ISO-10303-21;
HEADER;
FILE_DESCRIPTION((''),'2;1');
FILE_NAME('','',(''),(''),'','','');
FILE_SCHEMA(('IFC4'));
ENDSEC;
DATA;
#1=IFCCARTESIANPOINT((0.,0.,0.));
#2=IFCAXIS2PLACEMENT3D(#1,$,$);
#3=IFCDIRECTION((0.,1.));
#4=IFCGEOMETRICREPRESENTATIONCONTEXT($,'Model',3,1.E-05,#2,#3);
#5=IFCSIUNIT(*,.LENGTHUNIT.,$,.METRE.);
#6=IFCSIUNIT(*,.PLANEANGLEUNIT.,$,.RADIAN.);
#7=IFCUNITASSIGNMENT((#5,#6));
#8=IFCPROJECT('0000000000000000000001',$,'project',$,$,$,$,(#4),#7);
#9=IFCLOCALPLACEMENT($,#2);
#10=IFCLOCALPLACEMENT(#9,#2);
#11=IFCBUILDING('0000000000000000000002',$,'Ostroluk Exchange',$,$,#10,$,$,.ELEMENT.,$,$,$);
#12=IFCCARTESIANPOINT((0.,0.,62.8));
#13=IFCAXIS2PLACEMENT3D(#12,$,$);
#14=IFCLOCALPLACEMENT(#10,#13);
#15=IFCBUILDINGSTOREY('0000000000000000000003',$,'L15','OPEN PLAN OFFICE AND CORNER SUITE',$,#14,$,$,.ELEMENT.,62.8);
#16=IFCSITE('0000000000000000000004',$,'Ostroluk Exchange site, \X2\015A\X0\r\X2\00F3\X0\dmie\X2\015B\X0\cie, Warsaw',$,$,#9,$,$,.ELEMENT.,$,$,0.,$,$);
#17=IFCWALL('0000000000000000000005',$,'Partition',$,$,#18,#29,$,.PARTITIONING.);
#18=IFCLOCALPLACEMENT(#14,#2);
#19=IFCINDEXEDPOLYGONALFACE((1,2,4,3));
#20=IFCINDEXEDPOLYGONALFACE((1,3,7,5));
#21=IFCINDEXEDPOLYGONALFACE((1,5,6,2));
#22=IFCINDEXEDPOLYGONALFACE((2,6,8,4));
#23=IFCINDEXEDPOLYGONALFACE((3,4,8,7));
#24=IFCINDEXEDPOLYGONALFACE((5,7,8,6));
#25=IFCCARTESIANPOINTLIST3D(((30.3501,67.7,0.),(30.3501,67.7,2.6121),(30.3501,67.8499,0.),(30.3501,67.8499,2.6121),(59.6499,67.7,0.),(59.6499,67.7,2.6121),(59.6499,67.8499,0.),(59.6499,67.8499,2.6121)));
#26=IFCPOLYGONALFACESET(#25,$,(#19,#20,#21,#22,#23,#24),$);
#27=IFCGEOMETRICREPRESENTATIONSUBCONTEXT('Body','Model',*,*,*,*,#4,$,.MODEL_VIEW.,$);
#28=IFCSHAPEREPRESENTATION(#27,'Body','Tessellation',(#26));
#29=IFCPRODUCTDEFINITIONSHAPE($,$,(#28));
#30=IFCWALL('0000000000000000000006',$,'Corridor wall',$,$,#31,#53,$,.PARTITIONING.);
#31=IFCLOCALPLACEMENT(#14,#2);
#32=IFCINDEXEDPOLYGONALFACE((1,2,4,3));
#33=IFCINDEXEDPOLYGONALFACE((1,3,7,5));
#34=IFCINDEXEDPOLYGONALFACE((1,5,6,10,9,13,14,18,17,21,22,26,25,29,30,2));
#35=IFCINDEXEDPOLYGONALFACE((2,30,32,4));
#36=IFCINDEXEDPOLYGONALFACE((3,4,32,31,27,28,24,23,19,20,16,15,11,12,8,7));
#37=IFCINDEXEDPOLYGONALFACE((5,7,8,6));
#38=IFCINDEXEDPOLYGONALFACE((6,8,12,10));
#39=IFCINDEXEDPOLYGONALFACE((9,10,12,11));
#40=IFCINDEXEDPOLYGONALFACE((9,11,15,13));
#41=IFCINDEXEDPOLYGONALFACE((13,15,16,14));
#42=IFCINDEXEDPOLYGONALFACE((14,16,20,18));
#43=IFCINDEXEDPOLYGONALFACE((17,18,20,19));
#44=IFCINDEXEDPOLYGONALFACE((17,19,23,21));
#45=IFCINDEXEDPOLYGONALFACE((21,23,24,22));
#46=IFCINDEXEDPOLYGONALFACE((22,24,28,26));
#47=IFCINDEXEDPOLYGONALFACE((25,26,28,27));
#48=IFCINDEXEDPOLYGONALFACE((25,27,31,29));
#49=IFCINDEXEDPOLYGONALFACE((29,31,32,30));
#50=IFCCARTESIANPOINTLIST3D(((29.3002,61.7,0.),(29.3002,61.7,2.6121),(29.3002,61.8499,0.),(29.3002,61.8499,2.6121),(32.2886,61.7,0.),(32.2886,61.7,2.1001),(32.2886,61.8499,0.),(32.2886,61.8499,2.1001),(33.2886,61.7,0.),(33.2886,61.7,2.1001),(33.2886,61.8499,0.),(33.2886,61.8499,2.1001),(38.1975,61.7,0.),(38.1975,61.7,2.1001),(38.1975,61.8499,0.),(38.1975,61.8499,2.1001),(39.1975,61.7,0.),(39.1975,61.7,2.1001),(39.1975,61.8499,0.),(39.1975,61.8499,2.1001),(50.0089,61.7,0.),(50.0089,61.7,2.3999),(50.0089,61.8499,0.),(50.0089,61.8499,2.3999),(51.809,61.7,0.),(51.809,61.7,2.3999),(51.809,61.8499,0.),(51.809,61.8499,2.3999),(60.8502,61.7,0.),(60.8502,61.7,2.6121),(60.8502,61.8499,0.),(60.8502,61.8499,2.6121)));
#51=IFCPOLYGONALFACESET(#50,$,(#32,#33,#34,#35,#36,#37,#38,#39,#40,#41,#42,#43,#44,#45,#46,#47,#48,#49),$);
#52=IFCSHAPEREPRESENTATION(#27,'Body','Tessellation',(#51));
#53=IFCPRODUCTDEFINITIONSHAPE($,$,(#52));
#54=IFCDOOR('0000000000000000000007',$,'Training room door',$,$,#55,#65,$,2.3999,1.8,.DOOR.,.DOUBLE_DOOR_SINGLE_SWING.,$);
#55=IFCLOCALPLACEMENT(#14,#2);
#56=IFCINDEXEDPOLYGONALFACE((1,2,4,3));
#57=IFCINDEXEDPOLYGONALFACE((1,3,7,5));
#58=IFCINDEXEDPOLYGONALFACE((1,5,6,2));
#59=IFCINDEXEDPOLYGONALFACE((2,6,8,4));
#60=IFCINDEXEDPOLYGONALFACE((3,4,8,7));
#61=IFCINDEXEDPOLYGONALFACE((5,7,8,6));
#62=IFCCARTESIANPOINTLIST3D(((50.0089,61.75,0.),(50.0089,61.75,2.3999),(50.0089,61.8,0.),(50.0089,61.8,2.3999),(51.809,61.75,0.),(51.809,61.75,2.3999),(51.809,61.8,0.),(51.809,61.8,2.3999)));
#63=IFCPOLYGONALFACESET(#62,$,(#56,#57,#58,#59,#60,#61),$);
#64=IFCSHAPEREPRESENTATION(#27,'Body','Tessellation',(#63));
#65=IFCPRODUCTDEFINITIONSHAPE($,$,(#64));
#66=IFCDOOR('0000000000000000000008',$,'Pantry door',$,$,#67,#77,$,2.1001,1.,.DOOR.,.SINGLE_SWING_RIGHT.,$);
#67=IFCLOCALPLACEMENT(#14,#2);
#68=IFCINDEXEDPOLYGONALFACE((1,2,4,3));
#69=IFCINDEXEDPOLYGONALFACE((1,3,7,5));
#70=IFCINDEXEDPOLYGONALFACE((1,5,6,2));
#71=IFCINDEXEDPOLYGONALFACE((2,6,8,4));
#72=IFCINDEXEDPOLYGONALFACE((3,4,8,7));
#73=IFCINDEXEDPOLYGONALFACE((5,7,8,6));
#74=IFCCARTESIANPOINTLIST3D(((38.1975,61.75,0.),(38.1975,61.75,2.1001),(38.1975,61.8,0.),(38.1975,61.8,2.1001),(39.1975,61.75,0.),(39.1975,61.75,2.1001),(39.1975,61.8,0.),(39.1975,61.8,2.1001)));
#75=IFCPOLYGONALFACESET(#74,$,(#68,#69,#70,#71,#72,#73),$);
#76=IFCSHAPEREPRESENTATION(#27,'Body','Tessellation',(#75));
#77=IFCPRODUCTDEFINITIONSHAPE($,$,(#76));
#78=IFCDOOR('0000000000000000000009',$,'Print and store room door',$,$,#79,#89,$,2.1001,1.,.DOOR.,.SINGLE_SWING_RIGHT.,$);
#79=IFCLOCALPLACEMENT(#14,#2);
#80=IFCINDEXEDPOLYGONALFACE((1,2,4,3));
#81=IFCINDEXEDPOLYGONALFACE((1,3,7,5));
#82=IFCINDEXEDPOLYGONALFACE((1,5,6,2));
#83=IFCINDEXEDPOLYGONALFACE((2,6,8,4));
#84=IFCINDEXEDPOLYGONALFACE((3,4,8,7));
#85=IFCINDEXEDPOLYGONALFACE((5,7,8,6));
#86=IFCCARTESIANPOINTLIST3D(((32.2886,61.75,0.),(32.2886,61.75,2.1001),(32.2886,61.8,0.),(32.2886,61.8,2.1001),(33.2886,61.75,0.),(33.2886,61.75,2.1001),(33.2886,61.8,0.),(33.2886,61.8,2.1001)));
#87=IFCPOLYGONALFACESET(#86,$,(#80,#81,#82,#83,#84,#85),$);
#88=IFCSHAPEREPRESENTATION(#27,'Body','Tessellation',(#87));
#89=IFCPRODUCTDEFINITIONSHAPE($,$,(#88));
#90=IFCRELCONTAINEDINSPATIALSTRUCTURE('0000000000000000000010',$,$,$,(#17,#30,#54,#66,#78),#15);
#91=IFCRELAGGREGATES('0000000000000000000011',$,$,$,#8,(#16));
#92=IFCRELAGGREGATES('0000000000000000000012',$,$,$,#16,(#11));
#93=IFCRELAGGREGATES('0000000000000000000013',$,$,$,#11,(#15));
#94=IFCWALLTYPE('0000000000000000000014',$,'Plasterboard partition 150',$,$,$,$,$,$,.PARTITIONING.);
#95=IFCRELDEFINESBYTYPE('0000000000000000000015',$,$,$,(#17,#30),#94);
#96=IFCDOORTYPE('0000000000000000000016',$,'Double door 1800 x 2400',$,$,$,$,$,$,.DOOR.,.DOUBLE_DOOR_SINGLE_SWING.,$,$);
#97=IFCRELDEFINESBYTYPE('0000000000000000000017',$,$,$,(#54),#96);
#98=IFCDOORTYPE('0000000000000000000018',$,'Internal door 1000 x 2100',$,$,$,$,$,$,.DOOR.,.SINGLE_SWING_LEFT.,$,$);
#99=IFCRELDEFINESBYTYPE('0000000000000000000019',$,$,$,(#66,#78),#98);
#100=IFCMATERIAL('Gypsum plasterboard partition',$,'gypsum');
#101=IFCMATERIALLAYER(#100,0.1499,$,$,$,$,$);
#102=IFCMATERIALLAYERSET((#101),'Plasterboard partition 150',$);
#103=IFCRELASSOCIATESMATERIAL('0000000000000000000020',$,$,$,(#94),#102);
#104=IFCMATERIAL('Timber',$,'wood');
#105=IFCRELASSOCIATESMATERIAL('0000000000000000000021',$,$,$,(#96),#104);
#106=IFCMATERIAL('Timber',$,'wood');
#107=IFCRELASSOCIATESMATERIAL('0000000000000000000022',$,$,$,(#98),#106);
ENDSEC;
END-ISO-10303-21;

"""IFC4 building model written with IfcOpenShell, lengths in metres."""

from ifc_helpers import new_model, si_unit, direction, frame, frame_2d, origin, place, context, subcontext, project, spatial, rectangle, extrude, material, layer, layer_set, type_object, element, fill, save


model = new_model("IFC4")

# Units and contexts
model_context = context("Model", 3, precision=1e-05, world=origin(), true_north=direction((0.0, 1.0)))
body_context = subcontext(model_context, "Body", "Model", "MODEL_VIEW")
ifc_project = project(units=[si_unit("LENGTHUNIT", "METRE"), si_unit("PLANEANGLEUNIT", "RADIAN")], contexts=[model_context])

# Site, building, storey
site_placement = place(None, origin())
site = spatial("IfcSite", under=ifc_project, at=site_placement, Name="Ostroluk Exchange site, Śródmieście, Warsaw", CompositionType="ELEMENT", RefElevation=0.0)
building_placement = place(site_placement, origin())
building = spatial("IfcBuilding", under=site, at=building_placement, Name="Ostroluk Exchange", CompositionType="ELEMENT")
storey_placement = place(building_placement, frame((0.0, 0.0, 62.8)))
storey = spatial("IfcBuildingStorey", under=building, at=storey_placement, Name="L15", Description="OPEN PLAN OFFICE AND CORNER SUITE", CompositionType="ELEMENT", Elevation=62.8)

# Wall
ifc_material_1 = material(Name="Gypsum plasterboard partition", Category="gypsum")
ifc_layer_1 = layer(ifc_material_1, 0.1499)
ifc_layer_set_1 = layer_set([ifc_layer_1], Name="Plasterboard partition 150")
wall_type_1 = type_object("IfcWallType", Name="Plasterboard partition 150", PredefinedType="PARTITIONING", material=ifc_layer_set_1)
wall_1_placement = place(storey_placement, frame((59.6499, 67.7749, 0.0), z_axis=(0.0, 0.0, 1.0), x_axis=(-1.0, 0.0, 0.0)))
element("IfcWall", 1, at=wall_1_placement, inside=storey, type_object=wall_type_1, Name="Partition", PredefinedType="PARTITIONING", context=body_context, shape_type="SweptSolid", body=[
    extrude(rectangle(XDim=29.2998, YDim=0.1499, at=frame_2d((14.6499, 0.0))), origin(), (0.0, 0.0, 1.0), 2.6121),
])

# Wall, openings, doors
wall_2_placement = place(storey_placement, frame((60.8501, 61.7749, 0.0), z_axis=(0.0, 0.0, 1.0), x_axis=(-1.0, 0.0, 0.0)))
wall_2 = element("IfcWall", 2, at=wall_2_placement, inside=storey, type_object=wall_type_1, Name="Corridor wall", PredefinedType="PARTITIONING", context=body_context, shape_type="SweptSolid", body=[
    extrude(rectangle(XDim=31.55, YDim=0.1499, at=frame_2d((15.7749, 0.0))), origin(), (0.0, 0.0, 1.0), 2.6121),
])
opening_1_placement = place(wall_2_placement, frame((9.0413, 0.0, 0.0)))
opening_1 = element("IfcOpeningElement", 3, at=opening_1_placement, cuts=wall_2, PredefinedType="OPENING", context=body_context, shape_type="SweptSolid", body=[
    extrude(rectangle(XDim=1.8, YDim=2.3999, at=frame_2d((0.8999, 1.2))), frame((0.0, 0.085, 0.0), z_axis=(0.0, -1.0, 0.0), x_axis=(1.0, 0.0, 0.0)), (0.0, 0.0, 1.0), 0.1699),
])
opening_2_placement = place(wall_2_placement, frame((21.6526, 0.0, 0.0)))
opening_2 = element("IfcOpeningElement", 4, at=opening_2_placement, cuts=wall_2, PredefinedType="OPENING", context=body_context, shape_type="SweptSolid", body=[
    extrude(rectangle(XDim=1.0, YDim=2.1001, at=frame_2d((0.5, 1.05))), frame((0.0, 0.085, 0.0), z_axis=(0.0, -1.0, 0.0), x_axis=(1.0, 0.0, 0.0)), (0.0, 0.0, 1.0), 0.1699),
])
opening_3_placement = place(wall_2_placement, frame((27.5615, 0.0, 0.0)))
opening_3 = element("IfcOpeningElement", 5, at=opening_3_placement, cuts=wall_2, PredefinedType="OPENING", context=body_context, shape_type="SweptSolid", body=[
    extrude(rectangle(XDim=1.0, YDim=2.1001, at=frame_2d((0.5, 1.05))), frame((0.0, 0.085, 0.0), z_axis=(0.0, -1.0, 0.0), x_axis=(1.0, 0.0, 0.0)), (0.0, 0.0, 1.0), 0.1699),
])
ifc_material_2 = material(Name="Timber", Category="wood")
door_type_1 = type_object("IfcDoorType", Name="Double door 1800 x 2400", OperationType="DOUBLE_DOOR_SINGLE_SWING", PredefinedType="DOOR", material=ifc_material_2)
door_1_placement = place(opening_1_placement, origin())
door_1 = element("IfcDoor", 6, at=door_1_placement, inside=storey, type_object=door_type_1, Name="Training room door", OperationType="DOUBLE_DOOR_SINGLE_SWING", OverallHeight=2.3999, OverallWidth=1.8, PredefinedType="DOOR", context=body_context, shape_type="SweptSolid", body=[
    extrude(rectangle(XDim=1.8, YDim=2.3999, at=frame_2d((0.8999, 1.2))), frame((0.0, 0.0249, 0.0), z_axis=(0.0, -1.0, 0.0), x_axis=(1.0, 0.0, 0.0)), (0.0, 0.0, 1.0), 0.05),
])
fill(opening_1, door_1)
ifc_material_3 = material(Name="Timber", Category="wood")
door_type_2 = type_object("IfcDoorType", Name="Internal door 1000 x 2100", OperationType="SINGLE_SWING_LEFT", PredefinedType="DOOR", material=ifc_material_3)
door_2_placement = place(opening_2_placement, origin())
door_2 = element("IfcDoor", 7, at=door_2_placement, inside=storey, type_object=door_type_2, Name="Pantry door", OperationType="SINGLE_SWING_RIGHT", OverallHeight=2.1001, OverallWidth=1.0, PredefinedType="DOOR", context=body_context, shape_type="SweptSolid", body=[
    extrude(rectangle(XDim=1.0, YDim=2.1001, at=frame_2d((0.5, 1.05))), frame((0.0, 0.0249, 0.0), z_axis=(0.0, -1.0, 0.0), x_axis=(1.0, 0.0, 0.0)), (0.0, 0.0, 1.0), 0.05),
])
fill(opening_2, door_2)
door_3_placement = place(opening_3_placement, origin())
door_3 = element("IfcDoor", 8, at=door_3_placement, inside=storey, type_object=door_type_2, Name="Print and store room door", OperationType="SINGLE_SWING_RIGHT", OverallHeight=2.1001, OverallWidth=1.0, PredefinedType="DOOR", context=body_context, shape_type="SweptSolid", body=[
    extrude(rectangle(XDim=1.0, YDim=2.1001, at=frame_2d((0.5, 1.05))), frame((0.0, 0.0249, 0.0), z_axis=(0.0, -1.0, 0.0), x_axis=(1.0, 0.0, 0.0)), (0.0, 0.0, 1.0), 0.05),
])
fill(opening_3, door_3)

save(model, "model.ifc")
